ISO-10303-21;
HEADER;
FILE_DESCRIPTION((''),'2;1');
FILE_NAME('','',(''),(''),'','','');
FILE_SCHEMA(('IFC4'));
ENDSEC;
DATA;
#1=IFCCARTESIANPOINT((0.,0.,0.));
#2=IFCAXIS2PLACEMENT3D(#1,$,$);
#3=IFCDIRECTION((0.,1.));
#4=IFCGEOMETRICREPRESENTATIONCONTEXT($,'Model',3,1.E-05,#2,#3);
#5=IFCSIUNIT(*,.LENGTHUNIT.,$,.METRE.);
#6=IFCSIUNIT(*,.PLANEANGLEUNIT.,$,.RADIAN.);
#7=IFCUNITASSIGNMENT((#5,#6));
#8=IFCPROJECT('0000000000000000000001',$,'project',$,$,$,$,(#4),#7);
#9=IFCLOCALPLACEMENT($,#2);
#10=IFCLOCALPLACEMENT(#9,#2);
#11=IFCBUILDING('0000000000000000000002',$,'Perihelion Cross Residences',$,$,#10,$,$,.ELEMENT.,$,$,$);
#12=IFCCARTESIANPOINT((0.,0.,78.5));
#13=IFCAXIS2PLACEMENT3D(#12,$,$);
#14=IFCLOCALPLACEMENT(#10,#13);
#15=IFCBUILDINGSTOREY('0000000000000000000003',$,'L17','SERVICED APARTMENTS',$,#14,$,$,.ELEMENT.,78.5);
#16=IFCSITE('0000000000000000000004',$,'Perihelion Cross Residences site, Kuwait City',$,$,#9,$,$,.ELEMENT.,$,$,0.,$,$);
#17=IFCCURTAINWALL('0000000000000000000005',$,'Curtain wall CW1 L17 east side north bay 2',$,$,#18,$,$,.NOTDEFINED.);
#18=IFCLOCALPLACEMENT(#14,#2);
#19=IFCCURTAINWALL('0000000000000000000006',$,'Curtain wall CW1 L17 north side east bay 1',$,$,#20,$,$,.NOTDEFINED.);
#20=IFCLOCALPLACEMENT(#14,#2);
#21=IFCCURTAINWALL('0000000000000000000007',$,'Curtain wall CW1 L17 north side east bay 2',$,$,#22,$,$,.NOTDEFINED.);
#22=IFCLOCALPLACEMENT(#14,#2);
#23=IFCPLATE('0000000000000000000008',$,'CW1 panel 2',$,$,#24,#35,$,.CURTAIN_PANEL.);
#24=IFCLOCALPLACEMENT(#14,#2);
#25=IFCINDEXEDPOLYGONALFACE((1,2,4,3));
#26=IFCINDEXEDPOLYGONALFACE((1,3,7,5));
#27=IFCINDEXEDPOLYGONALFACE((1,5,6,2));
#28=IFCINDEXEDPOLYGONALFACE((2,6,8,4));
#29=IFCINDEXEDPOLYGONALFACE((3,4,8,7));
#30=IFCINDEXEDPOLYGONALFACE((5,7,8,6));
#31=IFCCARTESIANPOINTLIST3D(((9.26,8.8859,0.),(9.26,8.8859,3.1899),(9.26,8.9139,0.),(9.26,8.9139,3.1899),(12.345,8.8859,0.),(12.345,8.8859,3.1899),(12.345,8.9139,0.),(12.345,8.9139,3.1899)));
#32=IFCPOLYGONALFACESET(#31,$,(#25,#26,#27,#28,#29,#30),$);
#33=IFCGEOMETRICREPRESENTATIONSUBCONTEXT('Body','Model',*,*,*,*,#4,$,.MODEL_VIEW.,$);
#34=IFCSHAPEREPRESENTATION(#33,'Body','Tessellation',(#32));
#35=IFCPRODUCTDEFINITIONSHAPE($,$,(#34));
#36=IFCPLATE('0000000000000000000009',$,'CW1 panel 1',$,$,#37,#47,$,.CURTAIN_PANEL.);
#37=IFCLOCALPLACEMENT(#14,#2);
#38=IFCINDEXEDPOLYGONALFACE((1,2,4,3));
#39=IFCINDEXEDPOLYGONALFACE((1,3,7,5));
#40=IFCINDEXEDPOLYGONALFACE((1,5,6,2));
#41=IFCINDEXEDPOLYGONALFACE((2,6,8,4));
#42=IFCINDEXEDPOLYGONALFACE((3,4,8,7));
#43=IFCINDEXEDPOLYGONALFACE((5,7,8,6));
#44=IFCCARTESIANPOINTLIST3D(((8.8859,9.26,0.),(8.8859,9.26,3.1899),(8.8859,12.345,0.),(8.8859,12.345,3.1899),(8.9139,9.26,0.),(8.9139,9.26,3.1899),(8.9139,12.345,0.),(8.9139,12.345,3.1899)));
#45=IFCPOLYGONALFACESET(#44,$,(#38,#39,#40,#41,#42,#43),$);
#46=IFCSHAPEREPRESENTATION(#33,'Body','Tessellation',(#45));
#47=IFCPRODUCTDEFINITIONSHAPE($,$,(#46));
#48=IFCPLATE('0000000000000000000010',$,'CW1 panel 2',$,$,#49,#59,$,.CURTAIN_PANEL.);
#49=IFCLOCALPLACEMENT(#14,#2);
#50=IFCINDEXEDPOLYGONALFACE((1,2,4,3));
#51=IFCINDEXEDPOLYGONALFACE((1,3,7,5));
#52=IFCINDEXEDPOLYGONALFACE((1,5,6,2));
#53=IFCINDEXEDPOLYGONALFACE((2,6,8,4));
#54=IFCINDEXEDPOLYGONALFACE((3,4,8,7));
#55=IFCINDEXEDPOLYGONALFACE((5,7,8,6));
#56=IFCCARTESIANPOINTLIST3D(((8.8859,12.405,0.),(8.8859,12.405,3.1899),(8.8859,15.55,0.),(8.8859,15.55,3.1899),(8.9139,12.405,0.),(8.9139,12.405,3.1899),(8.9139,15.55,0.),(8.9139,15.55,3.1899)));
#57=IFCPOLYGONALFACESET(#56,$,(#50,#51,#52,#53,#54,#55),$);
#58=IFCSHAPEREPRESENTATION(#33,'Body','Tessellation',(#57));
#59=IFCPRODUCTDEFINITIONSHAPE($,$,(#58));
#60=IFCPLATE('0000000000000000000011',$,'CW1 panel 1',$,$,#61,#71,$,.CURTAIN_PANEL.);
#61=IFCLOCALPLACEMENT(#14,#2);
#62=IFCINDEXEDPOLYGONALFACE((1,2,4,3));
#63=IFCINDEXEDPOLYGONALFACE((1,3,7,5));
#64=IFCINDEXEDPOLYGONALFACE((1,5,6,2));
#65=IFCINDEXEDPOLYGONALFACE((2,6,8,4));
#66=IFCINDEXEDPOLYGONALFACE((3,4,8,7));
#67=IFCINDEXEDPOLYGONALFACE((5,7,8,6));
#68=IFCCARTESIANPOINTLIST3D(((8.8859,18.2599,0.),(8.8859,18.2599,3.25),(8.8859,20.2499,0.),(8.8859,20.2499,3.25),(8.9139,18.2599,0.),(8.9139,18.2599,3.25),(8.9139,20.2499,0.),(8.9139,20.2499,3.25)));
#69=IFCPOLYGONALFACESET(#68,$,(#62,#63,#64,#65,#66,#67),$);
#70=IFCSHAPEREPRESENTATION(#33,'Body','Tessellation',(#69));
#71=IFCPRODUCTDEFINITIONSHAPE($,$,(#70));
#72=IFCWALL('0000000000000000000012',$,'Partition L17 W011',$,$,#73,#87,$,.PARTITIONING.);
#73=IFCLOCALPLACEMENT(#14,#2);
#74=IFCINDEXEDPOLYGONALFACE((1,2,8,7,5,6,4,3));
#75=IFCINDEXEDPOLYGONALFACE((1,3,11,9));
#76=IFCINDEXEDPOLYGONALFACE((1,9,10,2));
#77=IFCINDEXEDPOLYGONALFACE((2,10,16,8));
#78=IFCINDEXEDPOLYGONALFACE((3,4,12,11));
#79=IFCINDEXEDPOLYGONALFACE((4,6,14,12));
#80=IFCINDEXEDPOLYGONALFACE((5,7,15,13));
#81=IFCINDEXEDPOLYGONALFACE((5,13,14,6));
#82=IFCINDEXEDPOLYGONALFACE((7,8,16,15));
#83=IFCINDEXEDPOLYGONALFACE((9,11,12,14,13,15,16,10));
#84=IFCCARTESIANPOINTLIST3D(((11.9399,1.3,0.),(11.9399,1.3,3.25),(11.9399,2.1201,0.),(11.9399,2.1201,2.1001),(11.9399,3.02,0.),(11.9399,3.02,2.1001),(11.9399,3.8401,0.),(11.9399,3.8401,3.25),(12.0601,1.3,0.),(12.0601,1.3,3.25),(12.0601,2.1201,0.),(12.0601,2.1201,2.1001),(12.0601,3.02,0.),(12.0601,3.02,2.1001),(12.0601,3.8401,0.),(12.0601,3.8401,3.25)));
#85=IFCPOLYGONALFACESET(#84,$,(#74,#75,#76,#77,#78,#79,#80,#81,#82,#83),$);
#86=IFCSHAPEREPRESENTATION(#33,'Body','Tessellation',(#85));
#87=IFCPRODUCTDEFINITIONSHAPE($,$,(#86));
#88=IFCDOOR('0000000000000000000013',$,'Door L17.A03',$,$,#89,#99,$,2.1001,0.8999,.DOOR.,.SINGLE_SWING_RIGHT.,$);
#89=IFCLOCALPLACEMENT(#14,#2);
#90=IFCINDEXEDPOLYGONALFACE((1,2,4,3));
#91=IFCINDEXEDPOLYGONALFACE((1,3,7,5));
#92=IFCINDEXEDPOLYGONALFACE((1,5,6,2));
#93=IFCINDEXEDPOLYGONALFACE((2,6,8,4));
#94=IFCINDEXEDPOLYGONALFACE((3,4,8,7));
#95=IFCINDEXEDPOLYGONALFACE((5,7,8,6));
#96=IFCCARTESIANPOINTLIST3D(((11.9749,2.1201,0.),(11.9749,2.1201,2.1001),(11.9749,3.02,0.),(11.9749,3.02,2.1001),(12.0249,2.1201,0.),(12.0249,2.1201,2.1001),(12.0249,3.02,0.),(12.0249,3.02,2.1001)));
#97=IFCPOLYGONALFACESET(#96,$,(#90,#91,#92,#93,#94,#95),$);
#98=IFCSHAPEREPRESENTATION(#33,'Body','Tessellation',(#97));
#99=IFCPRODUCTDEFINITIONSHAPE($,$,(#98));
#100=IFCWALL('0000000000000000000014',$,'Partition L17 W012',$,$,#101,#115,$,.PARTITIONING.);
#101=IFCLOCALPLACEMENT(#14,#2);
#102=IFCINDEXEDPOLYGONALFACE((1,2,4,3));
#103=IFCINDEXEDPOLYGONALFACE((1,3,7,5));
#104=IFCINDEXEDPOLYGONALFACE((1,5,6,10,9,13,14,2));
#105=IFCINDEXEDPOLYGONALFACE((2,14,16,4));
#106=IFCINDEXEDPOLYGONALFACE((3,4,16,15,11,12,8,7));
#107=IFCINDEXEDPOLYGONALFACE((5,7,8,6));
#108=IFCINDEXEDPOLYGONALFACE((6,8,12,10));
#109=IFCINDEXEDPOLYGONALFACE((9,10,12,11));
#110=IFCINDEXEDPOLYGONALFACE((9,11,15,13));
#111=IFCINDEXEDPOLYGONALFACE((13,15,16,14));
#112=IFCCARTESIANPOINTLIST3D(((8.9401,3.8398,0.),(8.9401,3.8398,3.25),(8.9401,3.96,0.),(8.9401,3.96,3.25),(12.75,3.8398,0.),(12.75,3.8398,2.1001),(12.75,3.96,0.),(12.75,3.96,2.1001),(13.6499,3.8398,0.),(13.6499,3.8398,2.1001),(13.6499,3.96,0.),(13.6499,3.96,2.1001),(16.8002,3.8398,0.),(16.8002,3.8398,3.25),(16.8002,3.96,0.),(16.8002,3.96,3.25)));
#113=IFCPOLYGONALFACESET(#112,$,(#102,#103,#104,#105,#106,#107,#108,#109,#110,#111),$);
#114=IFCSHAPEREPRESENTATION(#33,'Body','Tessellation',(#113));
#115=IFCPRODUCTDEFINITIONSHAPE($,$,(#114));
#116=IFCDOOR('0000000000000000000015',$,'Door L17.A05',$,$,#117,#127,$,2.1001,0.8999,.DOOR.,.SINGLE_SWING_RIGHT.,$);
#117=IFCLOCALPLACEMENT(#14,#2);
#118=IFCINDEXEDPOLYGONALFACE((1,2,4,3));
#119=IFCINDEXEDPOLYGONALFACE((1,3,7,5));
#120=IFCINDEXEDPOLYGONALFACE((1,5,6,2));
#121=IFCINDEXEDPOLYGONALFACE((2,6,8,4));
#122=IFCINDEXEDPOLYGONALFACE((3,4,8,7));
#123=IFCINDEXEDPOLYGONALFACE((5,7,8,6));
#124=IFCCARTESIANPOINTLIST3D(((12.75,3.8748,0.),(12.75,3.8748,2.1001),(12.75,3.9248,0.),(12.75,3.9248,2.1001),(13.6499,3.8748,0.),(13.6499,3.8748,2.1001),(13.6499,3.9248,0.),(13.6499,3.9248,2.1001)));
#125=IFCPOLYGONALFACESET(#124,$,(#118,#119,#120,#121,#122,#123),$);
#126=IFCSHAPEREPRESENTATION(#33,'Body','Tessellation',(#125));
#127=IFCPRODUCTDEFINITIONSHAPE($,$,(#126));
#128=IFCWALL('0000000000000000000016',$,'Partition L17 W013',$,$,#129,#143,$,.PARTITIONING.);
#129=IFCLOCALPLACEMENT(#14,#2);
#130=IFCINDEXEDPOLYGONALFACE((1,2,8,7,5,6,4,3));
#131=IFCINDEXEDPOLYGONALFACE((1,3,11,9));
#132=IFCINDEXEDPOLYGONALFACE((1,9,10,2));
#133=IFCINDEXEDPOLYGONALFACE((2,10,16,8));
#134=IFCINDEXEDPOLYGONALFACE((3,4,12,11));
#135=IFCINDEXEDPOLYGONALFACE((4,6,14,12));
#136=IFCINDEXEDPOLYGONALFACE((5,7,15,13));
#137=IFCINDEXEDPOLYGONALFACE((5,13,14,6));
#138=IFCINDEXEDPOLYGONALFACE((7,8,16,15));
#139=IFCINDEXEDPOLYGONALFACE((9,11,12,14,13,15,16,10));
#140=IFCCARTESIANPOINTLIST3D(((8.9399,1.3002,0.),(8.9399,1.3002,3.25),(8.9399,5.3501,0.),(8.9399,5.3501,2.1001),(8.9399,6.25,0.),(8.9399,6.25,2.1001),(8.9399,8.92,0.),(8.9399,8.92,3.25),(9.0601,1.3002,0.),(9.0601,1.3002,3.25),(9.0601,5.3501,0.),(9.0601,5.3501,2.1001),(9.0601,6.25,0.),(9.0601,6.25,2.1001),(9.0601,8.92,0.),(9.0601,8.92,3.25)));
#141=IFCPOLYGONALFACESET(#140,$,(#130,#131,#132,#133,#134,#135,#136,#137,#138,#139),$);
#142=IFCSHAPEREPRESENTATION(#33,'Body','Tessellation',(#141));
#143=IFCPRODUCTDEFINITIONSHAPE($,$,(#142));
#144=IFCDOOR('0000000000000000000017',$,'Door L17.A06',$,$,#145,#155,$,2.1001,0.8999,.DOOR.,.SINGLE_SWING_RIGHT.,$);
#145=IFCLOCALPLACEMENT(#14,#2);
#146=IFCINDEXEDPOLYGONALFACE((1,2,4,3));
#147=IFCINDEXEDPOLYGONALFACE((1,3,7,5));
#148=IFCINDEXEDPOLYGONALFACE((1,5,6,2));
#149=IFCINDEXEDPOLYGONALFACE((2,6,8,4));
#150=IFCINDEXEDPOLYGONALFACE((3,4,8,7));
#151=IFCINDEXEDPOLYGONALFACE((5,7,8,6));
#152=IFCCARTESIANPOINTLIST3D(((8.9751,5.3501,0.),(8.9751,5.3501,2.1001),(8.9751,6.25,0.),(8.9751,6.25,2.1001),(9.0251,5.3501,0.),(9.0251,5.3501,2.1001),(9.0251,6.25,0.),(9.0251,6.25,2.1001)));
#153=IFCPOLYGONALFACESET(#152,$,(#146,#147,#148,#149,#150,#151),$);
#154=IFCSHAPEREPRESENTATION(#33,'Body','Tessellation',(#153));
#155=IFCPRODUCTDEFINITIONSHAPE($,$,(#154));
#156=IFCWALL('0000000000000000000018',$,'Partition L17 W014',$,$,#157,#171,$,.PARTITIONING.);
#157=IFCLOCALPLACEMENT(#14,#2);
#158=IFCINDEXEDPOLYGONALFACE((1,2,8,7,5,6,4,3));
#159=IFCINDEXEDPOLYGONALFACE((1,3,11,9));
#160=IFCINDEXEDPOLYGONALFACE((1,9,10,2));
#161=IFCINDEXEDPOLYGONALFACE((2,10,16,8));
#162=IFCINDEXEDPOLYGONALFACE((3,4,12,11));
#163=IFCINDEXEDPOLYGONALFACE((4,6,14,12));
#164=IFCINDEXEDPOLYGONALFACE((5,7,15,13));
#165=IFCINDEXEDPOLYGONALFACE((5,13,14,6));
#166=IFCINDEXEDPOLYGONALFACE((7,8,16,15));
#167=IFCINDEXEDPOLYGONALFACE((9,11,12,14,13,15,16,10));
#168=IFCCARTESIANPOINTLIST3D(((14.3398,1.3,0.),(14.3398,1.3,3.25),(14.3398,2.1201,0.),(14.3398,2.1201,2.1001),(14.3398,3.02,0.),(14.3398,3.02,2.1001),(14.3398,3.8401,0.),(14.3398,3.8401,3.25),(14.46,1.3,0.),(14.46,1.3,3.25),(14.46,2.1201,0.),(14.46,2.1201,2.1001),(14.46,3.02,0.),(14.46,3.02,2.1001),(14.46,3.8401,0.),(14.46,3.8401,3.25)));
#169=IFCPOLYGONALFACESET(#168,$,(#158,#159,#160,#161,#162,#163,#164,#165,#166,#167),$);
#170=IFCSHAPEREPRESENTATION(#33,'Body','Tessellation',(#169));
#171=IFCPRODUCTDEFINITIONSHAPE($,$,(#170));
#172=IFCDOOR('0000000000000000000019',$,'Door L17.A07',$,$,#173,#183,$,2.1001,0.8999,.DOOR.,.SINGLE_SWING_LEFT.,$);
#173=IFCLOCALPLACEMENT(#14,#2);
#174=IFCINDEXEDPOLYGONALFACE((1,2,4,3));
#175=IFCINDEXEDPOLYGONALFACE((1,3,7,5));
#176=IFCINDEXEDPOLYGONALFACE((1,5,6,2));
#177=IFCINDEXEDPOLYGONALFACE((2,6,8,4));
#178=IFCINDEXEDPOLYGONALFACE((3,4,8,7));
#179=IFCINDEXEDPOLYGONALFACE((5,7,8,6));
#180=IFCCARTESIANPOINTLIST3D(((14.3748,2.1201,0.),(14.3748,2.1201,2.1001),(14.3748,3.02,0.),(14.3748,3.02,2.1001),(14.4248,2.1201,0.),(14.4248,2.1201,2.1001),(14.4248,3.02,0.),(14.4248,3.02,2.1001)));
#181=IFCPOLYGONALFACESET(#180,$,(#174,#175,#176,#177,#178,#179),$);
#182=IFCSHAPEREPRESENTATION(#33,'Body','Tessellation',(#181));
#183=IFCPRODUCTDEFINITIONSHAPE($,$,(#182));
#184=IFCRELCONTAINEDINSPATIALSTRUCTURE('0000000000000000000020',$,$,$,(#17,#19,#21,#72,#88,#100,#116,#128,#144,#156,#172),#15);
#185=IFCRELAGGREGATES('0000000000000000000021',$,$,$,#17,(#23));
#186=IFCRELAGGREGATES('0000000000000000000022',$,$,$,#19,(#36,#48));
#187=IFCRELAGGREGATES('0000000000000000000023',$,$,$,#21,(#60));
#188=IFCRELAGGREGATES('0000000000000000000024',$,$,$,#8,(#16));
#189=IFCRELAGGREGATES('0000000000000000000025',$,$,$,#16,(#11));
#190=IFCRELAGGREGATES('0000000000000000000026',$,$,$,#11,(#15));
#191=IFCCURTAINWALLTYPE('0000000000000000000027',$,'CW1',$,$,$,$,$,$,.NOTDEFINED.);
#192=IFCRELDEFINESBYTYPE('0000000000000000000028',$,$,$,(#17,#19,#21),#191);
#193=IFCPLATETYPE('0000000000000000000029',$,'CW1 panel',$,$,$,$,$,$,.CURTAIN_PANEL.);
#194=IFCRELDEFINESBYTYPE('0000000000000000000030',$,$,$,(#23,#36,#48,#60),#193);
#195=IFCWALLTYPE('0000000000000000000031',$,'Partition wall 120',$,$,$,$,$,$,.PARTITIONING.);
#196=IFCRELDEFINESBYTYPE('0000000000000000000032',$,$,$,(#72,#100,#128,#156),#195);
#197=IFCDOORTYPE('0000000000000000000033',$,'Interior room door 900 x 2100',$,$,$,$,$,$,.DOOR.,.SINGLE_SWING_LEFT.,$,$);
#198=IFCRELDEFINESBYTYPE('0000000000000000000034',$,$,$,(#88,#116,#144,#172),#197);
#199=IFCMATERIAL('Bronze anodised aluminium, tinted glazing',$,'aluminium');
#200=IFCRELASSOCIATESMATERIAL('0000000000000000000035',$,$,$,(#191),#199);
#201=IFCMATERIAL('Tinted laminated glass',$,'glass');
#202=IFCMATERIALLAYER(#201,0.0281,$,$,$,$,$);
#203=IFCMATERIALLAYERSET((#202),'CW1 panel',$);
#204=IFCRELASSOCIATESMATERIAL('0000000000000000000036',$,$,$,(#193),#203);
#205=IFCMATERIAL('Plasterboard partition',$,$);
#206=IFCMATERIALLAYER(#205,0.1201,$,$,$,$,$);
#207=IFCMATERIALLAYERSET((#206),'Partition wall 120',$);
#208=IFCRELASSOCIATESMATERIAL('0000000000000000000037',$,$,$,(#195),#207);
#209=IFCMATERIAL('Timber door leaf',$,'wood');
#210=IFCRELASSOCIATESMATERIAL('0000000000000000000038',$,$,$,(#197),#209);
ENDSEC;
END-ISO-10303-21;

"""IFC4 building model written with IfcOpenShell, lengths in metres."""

from ifc_helpers import new_model, si_unit, direction, frame, frame_2d, origin, origin_2d, place, context, subcontext, project, spatial, rectangle, extrude, material, layer, layer_set, type_object, element, fill, aggregate, save


model = new_model("IFC4")

# Units and contexts
model_context = context("Model", 3, precision=1e-05, world=origin(), true_north=direction((0.0, 1.0)))
body_context = subcontext(model_context, "Body", "Model", "MODEL_VIEW")
ifc_project = project(units=[si_unit("LENGTHUNIT", "METRE"), si_unit("PLANEANGLEUNIT", "RADIAN")], contexts=[model_context])

# Site, building, storey
site_placement = place(None, origin())
site = spatial("IfcSite", under=ifc_project, at=site_placement, Name="Perihelion Cross Residences site, Kuwait City", CompositionType="ELEMENT", RefElevation=0.0)
building_placement = place(site_placement, origin())
building = spatial("IfcBuilding", under=site, at=building_placement, Name="Perihelion Cross Residences", CompositionType="ELEMENT")
storey_placement = place(building_placement, frame((0.0, 0.0, 78.5)))
storey = spatial("IfcBuildingStorey", under=building, at=storey_placement, Name="L17", Description="SERVICED APARTMENTS", CompositionType="ELEMENT", Elevation=78.5)

# Curtain walls
ifc_material_1 = material(Name="Bronze anodised aluminium, tinted glazing", Category="aluminium")
curtain_wall_type = type_object("IfcCurtainWallType", Name="CW1", PredefinedType="NOTDEFINED", material=ifc_material_1)
curtain_wall_1_placement = place(storey_placement, origin())
curtain_wall_1 = element("IfcCurtainWall", 1, at=curtain_wall_1_placement, inside=storey, type_object=curtain_wall_type, Name="Curtain wall CW1 L17 east side north bay 2", PredefinedType="NOTDEFINED")
curtain_wall_2_placement = place(storey_placement, origin())
curtain_wall_2 = element("IfcCurtainWall", 2, at=curtain_wall_2_placement, inside=storey, type_object=curtain_wall_type, Name="Curtain wall CW1 L17 north side east bay 1", PredefinedType="NOTDEFINED")

# Curtain wall
curtain_wall_3_placement = place(storey_placement, origin())
curtain_wall_3 = element("IfcCurtainWall", 3, at=curtain_wall_3_placement, inside=storey, type_object=curtain_wall_type, Name="Curtain wall CW1 L17 north side east bay 2", PredefinedType="NOTDEFINED")

# Plates
ifc_material_2 = material(Name="Tinted laminated glass", Category="glass")
ifc_layer_1 = layer(ifc_material_2, 0.0281)
ifc_layer_set_1 = layer_set([ifc_layer_1], Name="CW1 panel")
plate_type = type_object("IfcPlateType", Name="CW1 panel", PredefinedType="CURTAIN_PANEL", material=ifc_layer_set_1)
plate_1_placement = place(storey_placement, frame((10.8025, 8.8999, 0.0), z_axis=(0.0, 0.0, 1.0), x_axis=(-1.0, 0.0, 0.0)))
plate_1 = element("IfcPlate", 4, at=plate_1_placement, type_object=plate_type, Name="CW1 panel 2", PredefinedType="CURTAIN_PANEL", context=body_context, shape_type="SweptSolid", body=[
    extrude(rectangle(XDim=3.085, YDim=0.0281, at=origin_2d()), origin(), (0.0, 0.0, 1.0), 3.1899),
])
aggregate(curtain_wall_1, [plate_1])
plate_2_placement = place(storey_placement, frame((8.8999, 10.8025, 0.0), z_axis=(0.0, 0.0, 1.0), x_axis=(0.0, 1.0, 0.0)))
plate_2 = element("IfcPlate", 5, at=plate_2_placement, type_object=plate_type, Name="CW1 panel 1", PredefinedType="CURTAIN_PANEL", context=body_context, shape_type="SweptSolid", body=[
    extrude(rectangle(XDim=3.085, YDim=0.0281, at=origin_2d()), origin(), (0.0, 0.0, 1.0), 3.1899),
])
plate_3_placement = place(storey_placement, frame((8.8999, 13.9775, 0.0), z_axis=(0.0, 0.0, 1.0), x_axis=(0.0, 1.0, 0.0)))
plate_3 = element("IfcPlate", 6, at=plate_3_placement, type_object=plate_type, Name="CW1 panel 2", PredefinedType="CURTAIN_PANEL", context=body_context, shape_type="SweptSolid", body=[
    extrude(rectangle(XDim=3.145, YDim=0.0281, at=origin_2d()), origin(), (0.0, 0.0, 1.0), 3.1899),
])
aggregate(curtain_wall_2, [plate_2, plate_3])
plate_4_placement = place(storey_placement, frame((8.8999, 19.2549, 0.0), z_axis=(0.0, 0.0, 1.0), x_axis=(0.0, 1.0, 0.0)))
plate_4 = element("IfcPlate", 7, at=plate_4_placement, type_object=plate_type, Name="CW1 panel 1", PredefinedType="CURTAIN_PANEL", context=body_context, shape_type="SweptSolid", body=[
    extrude(rectangle(XDim=1.99, YDim=0.0281, at=origin_2d()), origin(), (0.0, 0.0, 1.0), 3.25),
])
aggregate(curtain_wall_3, [plate_4])

# Walls, openings, doors
ifc_material_3 = material(Name="Plasterboard partition")
ifc_layer_2 = layer(ifc_material_3, 0.1201)
ifc_layer_set_2 = layer_set([ifc_layer_2], Name="Partition wall 120")
wall_type_1 = type_object("IfcWallType", Name="Partition wall 120", PredefinedType="PARTITIONING", material=ifc_layer_set_2)
wall_1_placement = place(storey_placement, frame((12.0, 3.8401, 0.0), z_axis=(0.0, 0.0, 1.0), x_axis=(0.0, -1.0, 0.0)))
wall_1 = element("IfcWall", 8, at=wall_1_placement, inside=storey, type_object=wall_type_1, Name="Partition L17 W011", PredefinedType="PARTITIONING", context=body_context, shape_type="SweptSolid", body=[
    extrude(rectangle(XDim=2.54, YDim=0.1201, at=frame_2d((1.27, 0.0))), origin(), (0.0, 0.0, 1.0), 3.25),
])
opening_1_placement = place(wall_1_placement, frame((0.8201, 0.0, 0.0)))
opening_1 = element("IfcOpeningElement", 9, at=opening_1_placement, cuts=wall_1, PredefinedType="OPENING", context=body_context, shape_type="SweptSolid", body=[
    extrude(rectangle(XDim=0.8999, YDim=2.1001, at=frame_2d((0.45, 1.05))), frame((0.0, 0.0701, 0.0), z_axis=(0.0, -1.0, 0.0), x_axis=(1.0, 0.0, 0.0)), (0.0, 0.0, 1.0), 0.1401),
])
ifc_material_4 = material(Name="Timber door leaf", Category="wood")
door_type_1 = type_object("IfcDoorType", Name="Interior room door 900 x 2100", OperationType="SINGLE_SWING_LEFT", PredefinedType="DOOR", material=ifc_material_4)
door_1_placement = place(opening_1_placement, origin())
door_1 = element("IfcDoor", 10, at=door_1_placement, inside=storey, type_object=door_type_1, Name="Door L17.A03", OperationType="SINGLE_SWING_RIGHT", OverallHeight=2.1001, OverallWidth=0.8999, PredefinedType="DOOR", context=body_context, shape_type="SweptSolid", body=[
    extrude(rectangle(XDim=0.8999, YDim=2.1001, at=frame_2d((0.45, 1.05))), frame((0.0, 0.0249, 0.0), z_axis=(0.0, -1.0, 0.0), x_axis=(1.0, 0.0, 0.0)), (0.0, 0.0, 1.0), 0.05),
])
fill(opening_1, door_1)
wall_2_placement = place(storey_placement, frame((8.9399, 3.8999, 0.0), z_axis=(0.0, 0.0, 1.0), x_axis=(1.0, 0.0, 0.0)))
wall_2 = element("IfcWall", 11, at=wall_2_placement, inside=storey, type_object=wall_type_1, Name="Partition L17 W012", PredefinedType="PARTITIONING", context=body_context, shape_type="SweptSolid", body=[
    extrude(rectangle(XDim=7.8601, YDim=0.1201, at=frame_2d((3.9302, 0.0))), origin(), (0.0, 0.0, 1.0), 3.25),
])
opening_2_placement = place(wall_2_placement, frame((3.8101, 0.0, 0.0)))
opening_2 = element("IfcOpeningElement", 12, at=opening_2_placement, cuts=wall_2, PredefinedType="OPENING", context=body_context, shape_type="SweptSolid", body=[
    extrude(rectangle(XDim=0.8999, YDim=2.1001, at=frame_2d((0.45, 1.05))), frame((0.0, 0.0701, 0.0), z_axis=(0.0, -1.0, 0.0), x_axis=(1.0, 0.0, 0.0)), (0.0, 0.0, 1.0), 0.1401),
])
door_2_placement = place(opening_2_placement, origin())
door_2 = element("IfcDoor", 13, at=door_2_placement, inside=storey, type_object=door_type_1, Name="Door L17.A05", OperationType="SINGLE_SWING_RIGHT", OverallHeight=2.1001, OverallWidth=0.8999, PredefinedType="DOOR", context=body_context, shape_type="SweptSolid", body=[
    extrude(rectangle(XDim=0.8999, YDim=2.1001, at=frame_2d((0.45, 1.05))), frame((0.0, 0.0249, 0.0), z_axis=(0.0, -1.0, 0.0), x_axis=(1.0, 0.0, 0.0)), (0.0, 0.0, 1.0), 0.05),
])
fill(opening_2, door_2)
wall_3_placement = place(storey_placement, frame((9.0, 1.3, 0.0), z_axis=(0.0, 0.0, 1.0), x_axis=(0.0, 1.0, 0.0)))
wall_3 = element("IfcWall", 14, at=wall_3_placement, inside=storey, type_object=wall_type_1, Name="Partition L17 W013", PredefinedType="PARTITIONING", context=body_context, shape_type="SweptSolid", body=[
    extrude(rectangle(XDim=7.6199, YDim=0.1201, at=frame_2d((3.8101, 0.0))), origin(), (0.0, 0.0, 1.0), 3.25),
])
opening_3_placement = place(wall_3_placement, frame((4.05, 0.0, 0.0)))
opening_3 = element("IfcOpeningElement", 15, at=opening_3_placement, cuts=wall_3, PredefinedType="OPENING", context=body_context, shape_type="SweptSolid", body=[
    extrude(rectangle(XDim=0.8999, YDim=2.1001, at=frame_2d((0.45, 1.05))), frame((0.0, 0.0701, 0.0), z_axis=(0.0, -1.0, 0.0), x_axis=(1.0, 0.0, 0.0)), (0.0, 0.0, 1.0), 0.1401),
])
door_3_placement = place(opening_3_placement, origin())
door_3 = element("IfcDoor", 16, at=door_3_placement, inside=storey, type_object=door_type_1, Name="Door L17.A06", OperationType="SINGLE_SWING_RIGHT", OverallHeight=2.1001, OverallWidth=0.8999, PredefinedType="DOOR", context=body_context, shape_type="SweptSolid", body=[
    extrude(rectangle(XDim=0.8999, YDim=2.1001, at=frame_2d((0.45, 1.05))), frame((0.0, 0.0249, 0.0), z_axis=(0.0, -1.0, 0.0), x_axis=(1.0, 0.0, 0.0)), (0.0, 0.0, 1.0), 0.05),
])
fill(opening_3, door_3)
wall_4_placement = place(storey_placement, frame((14.3999, 3.8401, 0.0), z_axis=(0.0, 0.0, 1.0), x_axis=(0.0, -1.0, 0.0)))
wall_4 = element("IfcWall", 17, at=wall_4_placement, inside=storey, type_object=wall_type_1, Name="Partition L17 W014", PredefinedType="PARTITIONING", context=body_context, shape_type="SweptSolid", body=[
    extrude(rectangle(XDim=2.54, YDim=0.1201, at=frame_2d((1.27, 0.0))), origin(), (0.0, 0.0, 1.0), 3.25),
])
opening_4_placement = place(wall_4_placement, frame((0.8201, 0.0, 0.0)))
opening_4 = element("IfcOpeningElement", 18, at=opening_4_placement, cuts=wall_4, PredefinedType="OPENING", context=body_context, shape_type="SweptSolid", body=[
    extrude(rectangle(XDim=0.8999, YDim=2.1001, at=frame_2d((0.45, 1.05))), frame((0.0, 0.0701, 0.0), z_axis=(0.0, -1.0, 0.0), x_axis=(1.0, 0.0, 0.0)), (0.0, 0.0, 1.0), 0.1401),
])
door_4_placement = place(opening_4_placement, origin())
door_4 = element("IfcDoor", 19, at=door_4_placement, inside=storey, type_object=door_type_1, Name="Door L17.A07", OperationType="SINGLE_SWING_LEFT", OverallHeight=2.1001, OverallWidth=0.8999, PredefinedType="DOOR", context=body_context, shape_type="SweptSolid", body=[
    extrude(rectangle(XDim=0.8999, YDim=2.1001, at=frame_2d((0.45, 1.05))), frame((0.0, 0.0249, 0.0), z_axis=(0.0, -1.0, 0.0), x_axis=(1.0, 0.0, 0.0)), (0.0, 0.0, 1.0), 0.05),
])
fill(opening_4, door_4)

save(model, "model.ifc")
